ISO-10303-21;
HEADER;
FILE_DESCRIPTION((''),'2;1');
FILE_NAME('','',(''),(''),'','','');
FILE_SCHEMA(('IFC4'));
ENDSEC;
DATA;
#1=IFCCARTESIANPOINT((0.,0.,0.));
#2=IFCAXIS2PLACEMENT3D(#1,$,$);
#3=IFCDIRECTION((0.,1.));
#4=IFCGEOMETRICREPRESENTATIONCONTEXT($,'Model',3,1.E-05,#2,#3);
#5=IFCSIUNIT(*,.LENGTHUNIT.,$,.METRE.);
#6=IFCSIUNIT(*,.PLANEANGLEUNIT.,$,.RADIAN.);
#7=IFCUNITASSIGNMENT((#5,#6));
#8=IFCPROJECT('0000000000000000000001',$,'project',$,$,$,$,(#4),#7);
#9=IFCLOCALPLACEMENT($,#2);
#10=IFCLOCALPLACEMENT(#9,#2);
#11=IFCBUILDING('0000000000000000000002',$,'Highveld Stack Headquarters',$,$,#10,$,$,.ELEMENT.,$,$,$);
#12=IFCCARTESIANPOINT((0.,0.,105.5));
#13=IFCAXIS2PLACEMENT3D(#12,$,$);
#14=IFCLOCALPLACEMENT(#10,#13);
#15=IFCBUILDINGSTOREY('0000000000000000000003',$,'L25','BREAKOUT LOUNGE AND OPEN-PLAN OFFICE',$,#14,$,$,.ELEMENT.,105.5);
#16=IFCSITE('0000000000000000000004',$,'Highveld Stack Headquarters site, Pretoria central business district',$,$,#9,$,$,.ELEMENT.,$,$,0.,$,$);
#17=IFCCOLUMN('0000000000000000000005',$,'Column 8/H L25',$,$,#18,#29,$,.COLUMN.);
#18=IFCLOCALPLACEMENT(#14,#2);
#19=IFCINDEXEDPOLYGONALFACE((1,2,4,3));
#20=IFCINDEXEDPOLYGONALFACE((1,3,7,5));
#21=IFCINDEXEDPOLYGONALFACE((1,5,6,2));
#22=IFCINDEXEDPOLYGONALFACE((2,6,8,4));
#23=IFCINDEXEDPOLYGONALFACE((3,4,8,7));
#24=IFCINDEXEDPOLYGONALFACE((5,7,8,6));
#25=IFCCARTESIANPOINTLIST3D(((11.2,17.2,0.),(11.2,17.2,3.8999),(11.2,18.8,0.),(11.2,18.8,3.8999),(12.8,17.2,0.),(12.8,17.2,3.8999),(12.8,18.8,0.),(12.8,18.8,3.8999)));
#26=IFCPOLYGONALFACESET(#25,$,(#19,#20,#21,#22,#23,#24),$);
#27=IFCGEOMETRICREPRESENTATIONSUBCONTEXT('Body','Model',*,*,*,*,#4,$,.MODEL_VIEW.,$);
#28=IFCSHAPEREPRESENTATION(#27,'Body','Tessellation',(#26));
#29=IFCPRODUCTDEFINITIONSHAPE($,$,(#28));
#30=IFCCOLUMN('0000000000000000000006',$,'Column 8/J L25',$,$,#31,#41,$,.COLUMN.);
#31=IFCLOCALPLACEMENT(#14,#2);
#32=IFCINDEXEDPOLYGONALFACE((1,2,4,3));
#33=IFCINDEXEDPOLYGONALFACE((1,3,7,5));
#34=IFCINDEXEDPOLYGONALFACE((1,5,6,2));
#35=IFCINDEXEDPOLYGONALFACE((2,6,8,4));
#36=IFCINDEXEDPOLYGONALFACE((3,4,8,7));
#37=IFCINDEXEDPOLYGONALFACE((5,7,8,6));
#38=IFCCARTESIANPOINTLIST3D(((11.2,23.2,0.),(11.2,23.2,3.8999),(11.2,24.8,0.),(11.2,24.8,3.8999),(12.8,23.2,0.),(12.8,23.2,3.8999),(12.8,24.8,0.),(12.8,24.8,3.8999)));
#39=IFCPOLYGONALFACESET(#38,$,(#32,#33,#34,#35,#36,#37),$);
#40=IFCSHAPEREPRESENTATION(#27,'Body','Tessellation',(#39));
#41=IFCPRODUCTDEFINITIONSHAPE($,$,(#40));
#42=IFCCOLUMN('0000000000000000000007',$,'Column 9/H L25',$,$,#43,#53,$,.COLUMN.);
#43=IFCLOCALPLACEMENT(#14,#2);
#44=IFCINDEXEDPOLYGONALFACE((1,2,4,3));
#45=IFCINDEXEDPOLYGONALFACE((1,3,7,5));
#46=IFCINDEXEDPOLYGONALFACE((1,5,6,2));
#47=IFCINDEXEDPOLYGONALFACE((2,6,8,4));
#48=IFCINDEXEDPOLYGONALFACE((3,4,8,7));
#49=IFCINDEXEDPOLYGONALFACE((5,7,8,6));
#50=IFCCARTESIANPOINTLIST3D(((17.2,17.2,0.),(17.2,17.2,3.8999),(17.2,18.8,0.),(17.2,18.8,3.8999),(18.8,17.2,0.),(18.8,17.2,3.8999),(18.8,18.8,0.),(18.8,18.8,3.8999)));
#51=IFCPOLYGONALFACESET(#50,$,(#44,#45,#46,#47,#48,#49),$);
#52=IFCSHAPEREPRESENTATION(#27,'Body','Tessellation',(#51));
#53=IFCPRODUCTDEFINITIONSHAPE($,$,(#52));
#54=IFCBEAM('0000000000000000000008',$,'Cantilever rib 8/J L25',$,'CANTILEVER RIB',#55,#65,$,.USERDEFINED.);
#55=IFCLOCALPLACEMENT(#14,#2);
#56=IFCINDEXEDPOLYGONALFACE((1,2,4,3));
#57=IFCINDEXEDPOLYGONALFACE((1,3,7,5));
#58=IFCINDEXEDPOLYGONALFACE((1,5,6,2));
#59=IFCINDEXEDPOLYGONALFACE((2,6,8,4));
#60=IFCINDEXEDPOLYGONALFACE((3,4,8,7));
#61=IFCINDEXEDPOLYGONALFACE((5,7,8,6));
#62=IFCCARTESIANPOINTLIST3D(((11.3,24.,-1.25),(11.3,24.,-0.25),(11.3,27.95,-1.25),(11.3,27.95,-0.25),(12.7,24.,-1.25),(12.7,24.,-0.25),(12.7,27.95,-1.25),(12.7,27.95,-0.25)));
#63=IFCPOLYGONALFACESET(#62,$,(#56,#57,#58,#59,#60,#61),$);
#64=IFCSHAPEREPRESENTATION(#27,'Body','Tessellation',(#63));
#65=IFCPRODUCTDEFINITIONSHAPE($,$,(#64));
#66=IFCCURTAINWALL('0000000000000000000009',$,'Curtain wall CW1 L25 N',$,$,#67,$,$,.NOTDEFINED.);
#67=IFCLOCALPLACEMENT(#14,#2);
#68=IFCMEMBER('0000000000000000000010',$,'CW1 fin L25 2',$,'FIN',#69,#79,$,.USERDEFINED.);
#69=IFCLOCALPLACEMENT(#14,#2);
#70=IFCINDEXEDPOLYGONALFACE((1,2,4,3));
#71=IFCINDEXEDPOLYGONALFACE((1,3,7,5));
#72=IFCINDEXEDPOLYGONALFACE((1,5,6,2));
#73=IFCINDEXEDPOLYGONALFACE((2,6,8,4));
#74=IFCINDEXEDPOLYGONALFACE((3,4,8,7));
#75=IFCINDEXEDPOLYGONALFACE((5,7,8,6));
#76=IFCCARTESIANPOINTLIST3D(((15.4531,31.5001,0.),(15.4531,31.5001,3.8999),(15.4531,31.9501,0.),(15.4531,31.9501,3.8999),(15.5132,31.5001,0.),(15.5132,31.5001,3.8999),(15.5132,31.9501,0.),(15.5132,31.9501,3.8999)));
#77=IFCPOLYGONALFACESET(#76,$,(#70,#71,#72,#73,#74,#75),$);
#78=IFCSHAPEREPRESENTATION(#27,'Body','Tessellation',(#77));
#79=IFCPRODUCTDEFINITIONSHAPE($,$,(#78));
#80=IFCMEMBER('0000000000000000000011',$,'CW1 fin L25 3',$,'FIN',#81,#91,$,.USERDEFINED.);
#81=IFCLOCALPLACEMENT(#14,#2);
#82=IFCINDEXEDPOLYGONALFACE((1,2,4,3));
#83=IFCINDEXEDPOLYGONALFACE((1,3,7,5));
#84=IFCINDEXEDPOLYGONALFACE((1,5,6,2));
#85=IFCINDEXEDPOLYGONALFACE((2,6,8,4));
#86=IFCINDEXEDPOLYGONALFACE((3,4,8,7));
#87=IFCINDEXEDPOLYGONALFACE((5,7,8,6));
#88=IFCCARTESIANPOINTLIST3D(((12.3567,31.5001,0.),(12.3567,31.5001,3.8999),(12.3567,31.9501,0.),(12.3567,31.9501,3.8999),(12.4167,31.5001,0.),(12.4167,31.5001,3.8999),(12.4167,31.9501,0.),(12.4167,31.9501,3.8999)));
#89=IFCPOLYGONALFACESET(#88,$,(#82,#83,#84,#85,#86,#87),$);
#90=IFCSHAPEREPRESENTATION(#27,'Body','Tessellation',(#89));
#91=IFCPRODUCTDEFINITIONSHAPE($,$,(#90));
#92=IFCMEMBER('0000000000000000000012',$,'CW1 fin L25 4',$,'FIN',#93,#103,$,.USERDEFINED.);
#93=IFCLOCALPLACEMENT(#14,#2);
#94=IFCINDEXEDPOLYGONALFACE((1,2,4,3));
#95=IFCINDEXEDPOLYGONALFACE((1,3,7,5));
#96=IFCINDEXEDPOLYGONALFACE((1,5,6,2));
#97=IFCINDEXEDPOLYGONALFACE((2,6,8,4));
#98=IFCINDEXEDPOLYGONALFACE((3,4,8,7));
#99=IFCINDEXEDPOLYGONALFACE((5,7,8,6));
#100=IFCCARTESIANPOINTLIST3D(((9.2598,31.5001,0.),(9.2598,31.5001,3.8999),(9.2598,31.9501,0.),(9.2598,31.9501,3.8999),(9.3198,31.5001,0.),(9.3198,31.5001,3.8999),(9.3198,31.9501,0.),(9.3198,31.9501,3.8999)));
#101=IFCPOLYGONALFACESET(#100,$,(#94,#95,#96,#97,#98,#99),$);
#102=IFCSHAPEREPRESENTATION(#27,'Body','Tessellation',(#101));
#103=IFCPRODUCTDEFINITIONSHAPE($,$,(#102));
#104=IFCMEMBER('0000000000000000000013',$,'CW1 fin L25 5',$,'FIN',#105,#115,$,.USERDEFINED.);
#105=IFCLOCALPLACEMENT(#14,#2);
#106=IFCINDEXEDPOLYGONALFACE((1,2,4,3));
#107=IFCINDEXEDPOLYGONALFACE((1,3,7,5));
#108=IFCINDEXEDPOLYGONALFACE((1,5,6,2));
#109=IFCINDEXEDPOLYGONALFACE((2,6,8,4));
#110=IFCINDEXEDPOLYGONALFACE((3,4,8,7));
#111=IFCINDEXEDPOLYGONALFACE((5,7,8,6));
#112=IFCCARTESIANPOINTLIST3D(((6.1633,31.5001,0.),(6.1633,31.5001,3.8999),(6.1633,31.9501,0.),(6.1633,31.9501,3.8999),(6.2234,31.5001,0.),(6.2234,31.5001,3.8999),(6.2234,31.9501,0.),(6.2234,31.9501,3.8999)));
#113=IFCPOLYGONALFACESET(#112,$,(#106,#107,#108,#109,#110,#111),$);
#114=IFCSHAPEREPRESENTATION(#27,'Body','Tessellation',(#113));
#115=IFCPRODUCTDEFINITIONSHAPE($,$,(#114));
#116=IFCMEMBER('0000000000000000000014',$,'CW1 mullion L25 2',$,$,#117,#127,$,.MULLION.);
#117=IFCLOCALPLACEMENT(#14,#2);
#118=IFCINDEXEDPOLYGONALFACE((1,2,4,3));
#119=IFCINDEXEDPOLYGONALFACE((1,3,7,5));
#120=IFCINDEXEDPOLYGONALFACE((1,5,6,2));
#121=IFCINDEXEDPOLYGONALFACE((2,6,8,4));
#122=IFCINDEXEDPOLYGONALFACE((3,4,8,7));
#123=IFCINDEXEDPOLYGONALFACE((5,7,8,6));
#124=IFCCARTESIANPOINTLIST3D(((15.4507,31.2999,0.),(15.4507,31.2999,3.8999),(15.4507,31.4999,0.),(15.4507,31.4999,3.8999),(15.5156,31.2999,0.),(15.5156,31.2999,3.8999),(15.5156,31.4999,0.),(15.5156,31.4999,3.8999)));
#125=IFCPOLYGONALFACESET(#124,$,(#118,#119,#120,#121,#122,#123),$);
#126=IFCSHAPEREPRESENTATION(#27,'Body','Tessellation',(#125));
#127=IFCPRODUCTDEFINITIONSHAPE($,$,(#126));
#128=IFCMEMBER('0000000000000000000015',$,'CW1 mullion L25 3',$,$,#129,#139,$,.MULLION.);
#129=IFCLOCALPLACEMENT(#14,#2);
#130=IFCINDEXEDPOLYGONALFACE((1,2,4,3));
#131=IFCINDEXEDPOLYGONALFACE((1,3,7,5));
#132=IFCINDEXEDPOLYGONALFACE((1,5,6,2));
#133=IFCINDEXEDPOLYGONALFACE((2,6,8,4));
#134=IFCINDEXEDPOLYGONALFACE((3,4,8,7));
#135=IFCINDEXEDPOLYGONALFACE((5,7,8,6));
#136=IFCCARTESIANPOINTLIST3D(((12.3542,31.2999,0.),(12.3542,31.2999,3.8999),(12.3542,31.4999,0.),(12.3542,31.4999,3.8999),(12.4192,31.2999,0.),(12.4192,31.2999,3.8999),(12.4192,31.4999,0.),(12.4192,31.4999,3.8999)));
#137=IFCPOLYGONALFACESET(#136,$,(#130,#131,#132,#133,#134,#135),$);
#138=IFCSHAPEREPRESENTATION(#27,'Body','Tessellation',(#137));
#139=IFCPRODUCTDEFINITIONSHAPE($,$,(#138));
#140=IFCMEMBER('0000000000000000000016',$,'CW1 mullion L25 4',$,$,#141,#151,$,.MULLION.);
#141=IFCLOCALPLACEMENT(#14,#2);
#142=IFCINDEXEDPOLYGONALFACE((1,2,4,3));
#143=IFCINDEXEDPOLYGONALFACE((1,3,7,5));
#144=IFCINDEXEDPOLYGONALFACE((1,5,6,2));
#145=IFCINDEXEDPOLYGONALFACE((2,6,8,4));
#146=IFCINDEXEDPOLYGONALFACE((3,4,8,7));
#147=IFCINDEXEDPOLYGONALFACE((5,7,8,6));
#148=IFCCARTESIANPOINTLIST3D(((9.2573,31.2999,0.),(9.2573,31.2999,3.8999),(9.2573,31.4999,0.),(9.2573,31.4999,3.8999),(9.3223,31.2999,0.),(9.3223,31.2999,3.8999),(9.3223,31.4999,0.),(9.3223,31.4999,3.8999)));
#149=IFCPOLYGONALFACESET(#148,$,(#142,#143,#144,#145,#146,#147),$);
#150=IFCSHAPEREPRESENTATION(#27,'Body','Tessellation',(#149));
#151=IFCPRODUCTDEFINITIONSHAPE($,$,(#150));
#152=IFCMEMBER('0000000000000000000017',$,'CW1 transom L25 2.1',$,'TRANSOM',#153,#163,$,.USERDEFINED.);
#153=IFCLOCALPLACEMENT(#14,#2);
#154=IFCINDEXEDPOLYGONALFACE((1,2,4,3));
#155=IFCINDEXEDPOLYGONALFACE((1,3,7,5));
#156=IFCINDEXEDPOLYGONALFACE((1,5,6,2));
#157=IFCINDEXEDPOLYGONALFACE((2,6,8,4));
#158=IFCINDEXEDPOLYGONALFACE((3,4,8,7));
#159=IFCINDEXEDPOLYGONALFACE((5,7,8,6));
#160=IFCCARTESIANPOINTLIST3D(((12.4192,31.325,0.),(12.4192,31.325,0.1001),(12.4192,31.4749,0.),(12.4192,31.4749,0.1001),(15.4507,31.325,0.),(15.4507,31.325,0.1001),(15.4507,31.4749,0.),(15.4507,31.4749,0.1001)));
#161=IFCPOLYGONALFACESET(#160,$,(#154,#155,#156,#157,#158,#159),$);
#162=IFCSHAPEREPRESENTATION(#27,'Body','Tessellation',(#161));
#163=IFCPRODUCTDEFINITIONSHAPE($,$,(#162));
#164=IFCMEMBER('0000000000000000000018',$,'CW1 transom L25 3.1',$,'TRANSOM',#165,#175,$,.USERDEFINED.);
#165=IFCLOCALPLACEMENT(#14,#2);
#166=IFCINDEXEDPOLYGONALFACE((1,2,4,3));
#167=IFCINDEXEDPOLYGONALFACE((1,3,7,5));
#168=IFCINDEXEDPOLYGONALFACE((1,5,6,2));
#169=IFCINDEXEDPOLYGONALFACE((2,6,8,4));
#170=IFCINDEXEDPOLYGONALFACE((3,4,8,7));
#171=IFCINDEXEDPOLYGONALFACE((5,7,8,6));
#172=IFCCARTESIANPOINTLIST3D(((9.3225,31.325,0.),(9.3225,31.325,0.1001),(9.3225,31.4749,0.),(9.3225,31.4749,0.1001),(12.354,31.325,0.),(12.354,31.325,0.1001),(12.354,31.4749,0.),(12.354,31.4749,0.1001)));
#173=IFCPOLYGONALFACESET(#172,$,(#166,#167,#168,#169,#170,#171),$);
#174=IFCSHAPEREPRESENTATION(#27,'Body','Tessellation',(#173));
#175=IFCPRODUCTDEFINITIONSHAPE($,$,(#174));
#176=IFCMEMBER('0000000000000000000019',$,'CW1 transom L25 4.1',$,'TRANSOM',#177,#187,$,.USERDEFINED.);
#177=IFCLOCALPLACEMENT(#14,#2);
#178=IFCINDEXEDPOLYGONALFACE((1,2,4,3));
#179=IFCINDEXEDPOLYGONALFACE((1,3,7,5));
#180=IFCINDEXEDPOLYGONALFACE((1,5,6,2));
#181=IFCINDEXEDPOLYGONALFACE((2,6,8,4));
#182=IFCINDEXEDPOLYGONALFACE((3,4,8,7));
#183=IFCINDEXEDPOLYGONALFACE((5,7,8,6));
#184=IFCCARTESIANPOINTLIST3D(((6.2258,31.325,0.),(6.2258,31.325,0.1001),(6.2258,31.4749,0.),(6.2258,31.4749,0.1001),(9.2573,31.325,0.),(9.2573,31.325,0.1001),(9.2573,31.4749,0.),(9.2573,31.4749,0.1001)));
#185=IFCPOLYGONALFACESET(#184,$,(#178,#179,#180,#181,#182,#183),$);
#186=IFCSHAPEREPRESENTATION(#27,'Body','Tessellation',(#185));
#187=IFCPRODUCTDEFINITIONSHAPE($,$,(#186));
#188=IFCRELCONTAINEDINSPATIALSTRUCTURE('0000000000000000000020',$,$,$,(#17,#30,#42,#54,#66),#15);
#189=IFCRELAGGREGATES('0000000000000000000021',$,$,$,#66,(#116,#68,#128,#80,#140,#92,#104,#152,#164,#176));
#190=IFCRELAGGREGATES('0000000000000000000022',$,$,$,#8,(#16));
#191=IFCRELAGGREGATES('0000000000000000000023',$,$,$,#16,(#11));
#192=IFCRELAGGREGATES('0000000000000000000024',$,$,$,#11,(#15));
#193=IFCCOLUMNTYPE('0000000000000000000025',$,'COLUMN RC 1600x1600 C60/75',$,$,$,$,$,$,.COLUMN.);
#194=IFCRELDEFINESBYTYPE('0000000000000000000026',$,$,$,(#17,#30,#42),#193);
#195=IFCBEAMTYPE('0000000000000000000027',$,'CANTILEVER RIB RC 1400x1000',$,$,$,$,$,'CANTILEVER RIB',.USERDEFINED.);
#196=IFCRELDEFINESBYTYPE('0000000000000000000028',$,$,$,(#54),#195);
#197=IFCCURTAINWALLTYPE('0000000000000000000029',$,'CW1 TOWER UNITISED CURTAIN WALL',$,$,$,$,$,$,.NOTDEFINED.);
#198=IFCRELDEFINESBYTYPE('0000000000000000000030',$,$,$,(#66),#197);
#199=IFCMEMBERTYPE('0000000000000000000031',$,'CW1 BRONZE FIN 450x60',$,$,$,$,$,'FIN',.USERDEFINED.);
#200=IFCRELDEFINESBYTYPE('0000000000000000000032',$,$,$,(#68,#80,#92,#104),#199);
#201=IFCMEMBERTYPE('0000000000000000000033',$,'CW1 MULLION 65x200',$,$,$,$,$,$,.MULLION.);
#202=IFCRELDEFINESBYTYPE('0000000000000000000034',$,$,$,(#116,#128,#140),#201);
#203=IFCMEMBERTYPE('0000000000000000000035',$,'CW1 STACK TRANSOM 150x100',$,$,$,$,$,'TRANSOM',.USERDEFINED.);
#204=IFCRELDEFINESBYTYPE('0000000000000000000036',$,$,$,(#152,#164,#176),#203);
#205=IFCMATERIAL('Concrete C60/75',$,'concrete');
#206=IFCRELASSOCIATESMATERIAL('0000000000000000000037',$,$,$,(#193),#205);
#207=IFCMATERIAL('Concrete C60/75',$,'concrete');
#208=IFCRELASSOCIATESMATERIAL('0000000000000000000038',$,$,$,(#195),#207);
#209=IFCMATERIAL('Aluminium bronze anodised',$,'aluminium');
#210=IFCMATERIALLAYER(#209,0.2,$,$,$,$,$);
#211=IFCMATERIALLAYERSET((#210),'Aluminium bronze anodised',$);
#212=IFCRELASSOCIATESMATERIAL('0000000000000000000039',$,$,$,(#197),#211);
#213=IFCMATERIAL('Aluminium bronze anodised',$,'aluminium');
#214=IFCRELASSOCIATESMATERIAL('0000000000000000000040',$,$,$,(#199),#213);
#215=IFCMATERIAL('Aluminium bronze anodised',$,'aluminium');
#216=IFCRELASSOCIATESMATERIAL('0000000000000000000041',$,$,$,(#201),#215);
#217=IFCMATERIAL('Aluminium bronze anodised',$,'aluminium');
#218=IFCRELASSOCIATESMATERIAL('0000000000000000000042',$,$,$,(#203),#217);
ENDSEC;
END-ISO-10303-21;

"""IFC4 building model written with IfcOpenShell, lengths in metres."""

from ifc_helpers import new_model, si_unit, direction, frame, origin, origin_2d, place, context, subcontext, project, spatial, rectangle, extrude, material, layer, layer_set, material_profile, profile_set, type_object, element, aggregate, save


model = new_model("IFC4")

# Units and contexts
model_context = context("Model", 3, precision=1e-05, world=origin(), true_north=direction((0.0, 1.0)))
body_context = subcontext(model_context, "Body", "Model", "MODEL_VIEW")
ifc_project = project(units=[si_unit("LENGTHUNIT", "METRE"), si_unit("PLANEANGLEUNIT", "RADIAN")], contexts=[model_context])

# Site, building, storey
site_placement = place(None, origin())
site = spatial("IfcSite", under=ifc_project, at=site_placement, Name="Highveld Stack Headquarters site, Pretoria central business district", CompositionType="ELEMENT", RefElevation=0.0)
building_placement = place(site_placement, origin())
building = spatial("IfcBuilding", under=site, at=building_placement, Name="Highveld Stack Headquarters", CompositionType="ELEMENT")
storey_placement = place(building_placement, frame((0.0, 0.0, 105.5)))
storey = spatial("IfcBuildingStorey", under=building, at=storey_placement, Name="L25", Description="BREAKOUT LOUNGE AND OPEN-PLAN OFFICE", CompositionType="ELEMENT", Elevation=105.5)

# Columns
ifc_material_1 = material(Name="Concrete C60/75", Category="concrete")
ifc_material_profile_1 = material_profile(ifc_material_1, rectangle(XDim=1.6001, YDim=1.6001, at=origin_2d()), Name="RC 1600x1600")
ifc_profile_set_1 = profile_set([ifc_material_profile_1], Name="Concrete C60/75")
column_type = type_object("IfcColumnType", Name="COLUMN RC 1600x1600 C60/75", PredefinedType="COLUMN", material=ifc_profile_set_1)
for number, where, z_axis, x_axis, name in (
    (1, (12.0, 18.0, 0.0), (0.0, 0.0, 1.0), (1.0, 0.0, 0.0), "Column 8/H L25"),
    (2, (12.0, 24.0, 0.0), (0.0, 0.0, 1.0), (1.0, 0.0, 0.0), "Column 8/J L25"),
    (3, (18.0, 18.0, 0.0), (0.0, 0.0, 1.0), (1.0, 0.0, 0.0), "Column 9/H L25"),
):
    element("IfcColumn", number, at=place(storey_placement, frame(where, z_axis=z_axis, x_axis=x_axis)), inside=storey, type_object=column_type, Name=name, PredefinedType="COLUMN", context=body_context, shape_type="SweptSolid", body=[
        extrude(rectangle(XDim=1.6001, YDim=1.6001, at=origin_2d()), origin(), (0.0, 0.0, 1.0), 3.8999),
    ])

# Beam
ifc_material_2 = material(Name="Concrete C60/75", Category="concrete")
ifc_material_profile_2 = material_profile(ifc_material_2, rectangle(XDim=1.3999, YDim=1.0, at=origin_2d()), Name="RC 1400x1000")
ifc_profile_set_2 = profile_set([ifc_material_profile_2], Name="Concrete C60/75")
beam_type_1 = type_object("IfcBeamType", Name="CANTILEVER RIB RC 1400x1000", ElementType="CANTILEVER RIB", PredefinedType="USERDEFINED", material=ifc_profile_set_2)
beam_1_placement = place(storey_placement, frame((12.0, 24.0, -0.75), z_axis=(0.0, 1.0, 0.0), x_axis=(-1.0, 0.0, 0.0)))
element("IfcBeam", 4, at=beam_1_placement, inside=storey, type_object=beam_type_1, Name="Cantilever rib 8/J L25", ObjectType="CANTILEVER RIB", PredefinedType="USERDEFINED", context=body_context, shape_type="SweptSolid", body=[
    extrude(rectangle(XDim=1.3999, YDim=1.0, at=origin_2d()), origin(), (0.0, 0.0, 1.0), 3.95),
])

# Curtain wall, members
ifc_material_3 = material(Name="Aluminium bronze anodised", Category="aluminium")
ifc_layer_1 = layer(ifc_material_3, 0.2)
ifc_layer_set_1 = layer_set([ifc_layer_1], Name="Aluminium bronze anodised")
curtain_wall_type = type_object("IfcCurtainWallType", Name="CW1 TOWER UNITISED CURTAIN WALL", PredefinedType="NOTDEFINED", material=ifc_layer_set_1)
curtain_wall_placement = place(storey_placement, origin())
curtain_wall = element("IfcCurtainWall", 5, at=curtain_wall_placement, inside=storey, type_object=curtain_wall_type, Name="Curtain wall CW1 L25 N", PredefinedType="NOTDEFINED")
ifc_material_4 = material(Name="Aluminium bronze anodised", Category="aluminium")
ifc_material_profile_3 = material_profile(ifc_material_4, rectangle(XDim=0.45, YDim=0.0601, at=origin_2d()), Name="FIN 450x60")
ifc_profile_set_3 = profile_set([ifc_material_profile_3], Name="Aluminium bronze anodised")
member_type_1 = type_object("IfcMemberType", Name="CW1 BRONZE FIN 450x60", ElementType="FIN", PredefinedType="USERDEFINED", material=ifc_profile_set_3)
member_1_placement = place(storey_placement, frame((15.4832, 31.7251, 0.0), z_axis=(0.0, 0.0, 1.0), x_axis=(0.0, -1.0, 0.0)))
member_1 = element("IfcMember", 6, at=member_1_placement, type_object=member_type_1, Name="CW1 fin L25 2", ObjectType="FIN", PredefinedType="USERDEFINED", context=body_context, shape_type="SweptSolid", body=[
    extrude(rectangle(XDim=0.45, YDim=0.0601, at=origin_2d()), origin(), (0.0, 0.0, 1.0), 3.8999),
])
member_2_placement = place(storey_placement, frame((12.3867, 31.7251, 0.0), z_axis=(0.0, 0.0, 1.0), x_axis=(0.0, -1.0, 0.0)))
member_2 = element("IfcMember", 7, at=member_2_placement, type_object=member_type_1, Name="CW1 fin L25 3", ObjectType="FIN", PredefinedType="USERDEFINED", context=body_context, shape_type="SweptSolid", body=[
    extrude(rectangle(XDim=0.45, YDim=0.0601, at=origin_2d()), origin(), (0.0, 0.0, 1.0), 3.8999),
])
member_3_placement = place(storey_placement, frame((9.2898, 31.7251, 0.0), z_axis=(0.0, 0.0, 1.0), x_axis=(0.0, -1.0, 0.0)))
member_3 = element("IfcMember", 8, at=member_3_placement, type_object=member_type_1, Name="CW1 fin L25 4", ObjectType="FIN", PredefinedType="USERDEFINED", context=body_context, shape_type="SweptSolid", body=[
    extrude(rectangle(XDim=0.45, YDim=0.0601, at=origin_2d()), origin(), (0.0, 0.0, 1.0), 3.8999),
])
member_4_placement = place(storey_placement, frame((6.1934, 31.7251, 0.0), z_axis=(0.0, 0.0, 1.0), x_axis=(0.0, -1.0, 0.0)))
member_4 = element("IfcMember", 9, at=member_4_placement, type_object=member_type_1, Name="CW1 fin L25 5", ObjectType="FIN", PredefinedType="USERDEFINED", context=body_context, shape_type="SweptSolid", body=[
    extrude(rectangle(XDim=0.45, YDim=0.0601, at=origin_2d()), origin(), (0.0, 0.0, 1.0), 3.8999),
])
ifc_material_5 = material(Name="Aluminium bronze anodised", Category="aluminium")
ifc_material_profile_4 = material_profile(ifc_material_5, rectangle(XDim=0.2, YDim=0.0649, at=origin_2d()), Name="CW1 MULLION 65x200")
ifc_profile_set_4 = profile_set([ifc_material_profile_4], Name="Aluminium bronze anodised")
member_type_2 = type_object("IfcMemberType", Name="CW1 MULLION 65x200", PredefinedType="MULLION", material=ifc_profile_set_4)
member_5_placement = place(storey_placement, frame((15.4832, 31.3999, 0.0), z_axis=(0.0, 0.0, 1.0), x_axis=(0.0, -1.0, 0.0)))
member_5 = element("IfcMember", 10, at=member_5_placement, type_object=member_type_2, Name="CW1 mullion L25 2", PredefinedType="MULLION", context=body_context, shape_type="SweptSolid", body=[
    extrude(rectangle(XDim=0.2, YDim=0.0649, at=origin_2d()), origin(), (0.0, 0.0, 1.0), 3.8999),
])
member_6_placement = place(storey_placement, frame((12.3867, 31.3999, 0.0), z_axis=(0.0, 0.0, 1.0), x_axis=(0.0, -1.0, 0.0)))
member_6 = element("IfcMember", 11, at=member_6_placement, type_object=member_type_2, Name="CW1 mullion L25 3", PredefinedType="MULLION", context=body_context, shape_type="SweptSolid", body=[
    extrude(rectangle(XDim=0.2, YDim=0.0649, at=origin_2d()), origin(), (0.0, 0.0, 1.0), 3.8999),
])
member_7_placement = place(storey_placement, frame((9.2898, 31.3999, 0.0), z_axis=(0.0, 0.0, 1.0), x_axis=(0.0, -1.0, 0.0)))
member_7 = element("IfcMember", 12, at=member_7_placement, type_object=member_type_2, Name="CW1 mullion L25 4", PredefinedType="MULLION", context=body_context, shape_type="SweptSolid", body=[
    extrude(rectangle(XDim=0.2, YDim=0.0649, at=origin_2d()), origin(), (0.0, 0.0, 1.0), 3.8999),
])
ifc_material_6 = material(Name="Aluminium bronze anodised", Category="aluminium")
ifc_material_profile_5 = material_profile(ifc_material_6, rectangle(XDim=0.1499, YDim=0.1001, at=origin_2d()), Name="CW1 TRANSOM 150x100")
ifc_profile_set_5 = profile_set([ifc_material_profile_5], Name="Aluminium bronze anodised")
member_type_3 = type_object("IfcMemberType", Name="CW1 STACK TRANSOM 150x100", ElementType="TRANSOM", PredefinedType="USERDEFINED", material=ifc_profile_set_5)
member_8_placement = place(storey_placement, frame((15.4507, 31.3999, 0.05), z_axis=(-1.0, 0.0, 0.0), x_axis=(0.0, -1.0, 0.0)))
member_8 = element("IfcMember", 13, at=member_8_placement, type_object=member_type_3, Name="CW1 transom L25 2.1", ObjectType="TRANSOM", PredefinedType="USERDEFINED", context=body_context, shape_type="SweptSolid", body=[
    extrude(rectangle(XDim=0.1499, YDim=0.1001, at=origin_2d()), origin(), (0.0, 0.0, 1.0), 3.0315),
])
member_9_placement = place(storey_placement, frame((12.354, 31.3999, 0.05), z_axis=(-1.0, 0.0, 0.0), x_axis=(0.0, -1.0, 0.0)))
member_9 = element("IfcMember", 14, at=member_9_placement, type_object=member_type_3, Name="CW1 transom L25 3.1", ObjectType="TRANSOM", PredefinedType="USERDEFINED", context=body_context, shape_type="SweptSolid", body=[
    extrude(rectangle(XDim=0.1499, YDim=0.1001, at=origin_2d()), origin(), (0.0, 0.0, 1.0), 3.0315),
])
member_10_placement = place(storey_placement, frame((9.2573, 31.3999, 0.05), z_axis=(-1.0, 0.0, 0.0), x_axis=(0.0, -1.0, 0.0)))
member_10 = element("IfcMember", 15, at=member_10_placement, type_object=member_type_3, Name="CW1 transom L25 4.1", ObjectType="TRANSOM", PredefinedType="USERDEFINED", context=body_context, shape_type="SweptSolid", body=[
    extrude(rectangle(XDim=0.1499, YDim=0.1001, at=origin_2d()), origin(), (0.0, 0.0, 1.0), 3.0315),
])

aggregate(curtain_wall, [member_5, member_1, member_6, member_2, member_7, member_3, member_4, member_8, member_9, member_10])

save(model, "model.ifc")
